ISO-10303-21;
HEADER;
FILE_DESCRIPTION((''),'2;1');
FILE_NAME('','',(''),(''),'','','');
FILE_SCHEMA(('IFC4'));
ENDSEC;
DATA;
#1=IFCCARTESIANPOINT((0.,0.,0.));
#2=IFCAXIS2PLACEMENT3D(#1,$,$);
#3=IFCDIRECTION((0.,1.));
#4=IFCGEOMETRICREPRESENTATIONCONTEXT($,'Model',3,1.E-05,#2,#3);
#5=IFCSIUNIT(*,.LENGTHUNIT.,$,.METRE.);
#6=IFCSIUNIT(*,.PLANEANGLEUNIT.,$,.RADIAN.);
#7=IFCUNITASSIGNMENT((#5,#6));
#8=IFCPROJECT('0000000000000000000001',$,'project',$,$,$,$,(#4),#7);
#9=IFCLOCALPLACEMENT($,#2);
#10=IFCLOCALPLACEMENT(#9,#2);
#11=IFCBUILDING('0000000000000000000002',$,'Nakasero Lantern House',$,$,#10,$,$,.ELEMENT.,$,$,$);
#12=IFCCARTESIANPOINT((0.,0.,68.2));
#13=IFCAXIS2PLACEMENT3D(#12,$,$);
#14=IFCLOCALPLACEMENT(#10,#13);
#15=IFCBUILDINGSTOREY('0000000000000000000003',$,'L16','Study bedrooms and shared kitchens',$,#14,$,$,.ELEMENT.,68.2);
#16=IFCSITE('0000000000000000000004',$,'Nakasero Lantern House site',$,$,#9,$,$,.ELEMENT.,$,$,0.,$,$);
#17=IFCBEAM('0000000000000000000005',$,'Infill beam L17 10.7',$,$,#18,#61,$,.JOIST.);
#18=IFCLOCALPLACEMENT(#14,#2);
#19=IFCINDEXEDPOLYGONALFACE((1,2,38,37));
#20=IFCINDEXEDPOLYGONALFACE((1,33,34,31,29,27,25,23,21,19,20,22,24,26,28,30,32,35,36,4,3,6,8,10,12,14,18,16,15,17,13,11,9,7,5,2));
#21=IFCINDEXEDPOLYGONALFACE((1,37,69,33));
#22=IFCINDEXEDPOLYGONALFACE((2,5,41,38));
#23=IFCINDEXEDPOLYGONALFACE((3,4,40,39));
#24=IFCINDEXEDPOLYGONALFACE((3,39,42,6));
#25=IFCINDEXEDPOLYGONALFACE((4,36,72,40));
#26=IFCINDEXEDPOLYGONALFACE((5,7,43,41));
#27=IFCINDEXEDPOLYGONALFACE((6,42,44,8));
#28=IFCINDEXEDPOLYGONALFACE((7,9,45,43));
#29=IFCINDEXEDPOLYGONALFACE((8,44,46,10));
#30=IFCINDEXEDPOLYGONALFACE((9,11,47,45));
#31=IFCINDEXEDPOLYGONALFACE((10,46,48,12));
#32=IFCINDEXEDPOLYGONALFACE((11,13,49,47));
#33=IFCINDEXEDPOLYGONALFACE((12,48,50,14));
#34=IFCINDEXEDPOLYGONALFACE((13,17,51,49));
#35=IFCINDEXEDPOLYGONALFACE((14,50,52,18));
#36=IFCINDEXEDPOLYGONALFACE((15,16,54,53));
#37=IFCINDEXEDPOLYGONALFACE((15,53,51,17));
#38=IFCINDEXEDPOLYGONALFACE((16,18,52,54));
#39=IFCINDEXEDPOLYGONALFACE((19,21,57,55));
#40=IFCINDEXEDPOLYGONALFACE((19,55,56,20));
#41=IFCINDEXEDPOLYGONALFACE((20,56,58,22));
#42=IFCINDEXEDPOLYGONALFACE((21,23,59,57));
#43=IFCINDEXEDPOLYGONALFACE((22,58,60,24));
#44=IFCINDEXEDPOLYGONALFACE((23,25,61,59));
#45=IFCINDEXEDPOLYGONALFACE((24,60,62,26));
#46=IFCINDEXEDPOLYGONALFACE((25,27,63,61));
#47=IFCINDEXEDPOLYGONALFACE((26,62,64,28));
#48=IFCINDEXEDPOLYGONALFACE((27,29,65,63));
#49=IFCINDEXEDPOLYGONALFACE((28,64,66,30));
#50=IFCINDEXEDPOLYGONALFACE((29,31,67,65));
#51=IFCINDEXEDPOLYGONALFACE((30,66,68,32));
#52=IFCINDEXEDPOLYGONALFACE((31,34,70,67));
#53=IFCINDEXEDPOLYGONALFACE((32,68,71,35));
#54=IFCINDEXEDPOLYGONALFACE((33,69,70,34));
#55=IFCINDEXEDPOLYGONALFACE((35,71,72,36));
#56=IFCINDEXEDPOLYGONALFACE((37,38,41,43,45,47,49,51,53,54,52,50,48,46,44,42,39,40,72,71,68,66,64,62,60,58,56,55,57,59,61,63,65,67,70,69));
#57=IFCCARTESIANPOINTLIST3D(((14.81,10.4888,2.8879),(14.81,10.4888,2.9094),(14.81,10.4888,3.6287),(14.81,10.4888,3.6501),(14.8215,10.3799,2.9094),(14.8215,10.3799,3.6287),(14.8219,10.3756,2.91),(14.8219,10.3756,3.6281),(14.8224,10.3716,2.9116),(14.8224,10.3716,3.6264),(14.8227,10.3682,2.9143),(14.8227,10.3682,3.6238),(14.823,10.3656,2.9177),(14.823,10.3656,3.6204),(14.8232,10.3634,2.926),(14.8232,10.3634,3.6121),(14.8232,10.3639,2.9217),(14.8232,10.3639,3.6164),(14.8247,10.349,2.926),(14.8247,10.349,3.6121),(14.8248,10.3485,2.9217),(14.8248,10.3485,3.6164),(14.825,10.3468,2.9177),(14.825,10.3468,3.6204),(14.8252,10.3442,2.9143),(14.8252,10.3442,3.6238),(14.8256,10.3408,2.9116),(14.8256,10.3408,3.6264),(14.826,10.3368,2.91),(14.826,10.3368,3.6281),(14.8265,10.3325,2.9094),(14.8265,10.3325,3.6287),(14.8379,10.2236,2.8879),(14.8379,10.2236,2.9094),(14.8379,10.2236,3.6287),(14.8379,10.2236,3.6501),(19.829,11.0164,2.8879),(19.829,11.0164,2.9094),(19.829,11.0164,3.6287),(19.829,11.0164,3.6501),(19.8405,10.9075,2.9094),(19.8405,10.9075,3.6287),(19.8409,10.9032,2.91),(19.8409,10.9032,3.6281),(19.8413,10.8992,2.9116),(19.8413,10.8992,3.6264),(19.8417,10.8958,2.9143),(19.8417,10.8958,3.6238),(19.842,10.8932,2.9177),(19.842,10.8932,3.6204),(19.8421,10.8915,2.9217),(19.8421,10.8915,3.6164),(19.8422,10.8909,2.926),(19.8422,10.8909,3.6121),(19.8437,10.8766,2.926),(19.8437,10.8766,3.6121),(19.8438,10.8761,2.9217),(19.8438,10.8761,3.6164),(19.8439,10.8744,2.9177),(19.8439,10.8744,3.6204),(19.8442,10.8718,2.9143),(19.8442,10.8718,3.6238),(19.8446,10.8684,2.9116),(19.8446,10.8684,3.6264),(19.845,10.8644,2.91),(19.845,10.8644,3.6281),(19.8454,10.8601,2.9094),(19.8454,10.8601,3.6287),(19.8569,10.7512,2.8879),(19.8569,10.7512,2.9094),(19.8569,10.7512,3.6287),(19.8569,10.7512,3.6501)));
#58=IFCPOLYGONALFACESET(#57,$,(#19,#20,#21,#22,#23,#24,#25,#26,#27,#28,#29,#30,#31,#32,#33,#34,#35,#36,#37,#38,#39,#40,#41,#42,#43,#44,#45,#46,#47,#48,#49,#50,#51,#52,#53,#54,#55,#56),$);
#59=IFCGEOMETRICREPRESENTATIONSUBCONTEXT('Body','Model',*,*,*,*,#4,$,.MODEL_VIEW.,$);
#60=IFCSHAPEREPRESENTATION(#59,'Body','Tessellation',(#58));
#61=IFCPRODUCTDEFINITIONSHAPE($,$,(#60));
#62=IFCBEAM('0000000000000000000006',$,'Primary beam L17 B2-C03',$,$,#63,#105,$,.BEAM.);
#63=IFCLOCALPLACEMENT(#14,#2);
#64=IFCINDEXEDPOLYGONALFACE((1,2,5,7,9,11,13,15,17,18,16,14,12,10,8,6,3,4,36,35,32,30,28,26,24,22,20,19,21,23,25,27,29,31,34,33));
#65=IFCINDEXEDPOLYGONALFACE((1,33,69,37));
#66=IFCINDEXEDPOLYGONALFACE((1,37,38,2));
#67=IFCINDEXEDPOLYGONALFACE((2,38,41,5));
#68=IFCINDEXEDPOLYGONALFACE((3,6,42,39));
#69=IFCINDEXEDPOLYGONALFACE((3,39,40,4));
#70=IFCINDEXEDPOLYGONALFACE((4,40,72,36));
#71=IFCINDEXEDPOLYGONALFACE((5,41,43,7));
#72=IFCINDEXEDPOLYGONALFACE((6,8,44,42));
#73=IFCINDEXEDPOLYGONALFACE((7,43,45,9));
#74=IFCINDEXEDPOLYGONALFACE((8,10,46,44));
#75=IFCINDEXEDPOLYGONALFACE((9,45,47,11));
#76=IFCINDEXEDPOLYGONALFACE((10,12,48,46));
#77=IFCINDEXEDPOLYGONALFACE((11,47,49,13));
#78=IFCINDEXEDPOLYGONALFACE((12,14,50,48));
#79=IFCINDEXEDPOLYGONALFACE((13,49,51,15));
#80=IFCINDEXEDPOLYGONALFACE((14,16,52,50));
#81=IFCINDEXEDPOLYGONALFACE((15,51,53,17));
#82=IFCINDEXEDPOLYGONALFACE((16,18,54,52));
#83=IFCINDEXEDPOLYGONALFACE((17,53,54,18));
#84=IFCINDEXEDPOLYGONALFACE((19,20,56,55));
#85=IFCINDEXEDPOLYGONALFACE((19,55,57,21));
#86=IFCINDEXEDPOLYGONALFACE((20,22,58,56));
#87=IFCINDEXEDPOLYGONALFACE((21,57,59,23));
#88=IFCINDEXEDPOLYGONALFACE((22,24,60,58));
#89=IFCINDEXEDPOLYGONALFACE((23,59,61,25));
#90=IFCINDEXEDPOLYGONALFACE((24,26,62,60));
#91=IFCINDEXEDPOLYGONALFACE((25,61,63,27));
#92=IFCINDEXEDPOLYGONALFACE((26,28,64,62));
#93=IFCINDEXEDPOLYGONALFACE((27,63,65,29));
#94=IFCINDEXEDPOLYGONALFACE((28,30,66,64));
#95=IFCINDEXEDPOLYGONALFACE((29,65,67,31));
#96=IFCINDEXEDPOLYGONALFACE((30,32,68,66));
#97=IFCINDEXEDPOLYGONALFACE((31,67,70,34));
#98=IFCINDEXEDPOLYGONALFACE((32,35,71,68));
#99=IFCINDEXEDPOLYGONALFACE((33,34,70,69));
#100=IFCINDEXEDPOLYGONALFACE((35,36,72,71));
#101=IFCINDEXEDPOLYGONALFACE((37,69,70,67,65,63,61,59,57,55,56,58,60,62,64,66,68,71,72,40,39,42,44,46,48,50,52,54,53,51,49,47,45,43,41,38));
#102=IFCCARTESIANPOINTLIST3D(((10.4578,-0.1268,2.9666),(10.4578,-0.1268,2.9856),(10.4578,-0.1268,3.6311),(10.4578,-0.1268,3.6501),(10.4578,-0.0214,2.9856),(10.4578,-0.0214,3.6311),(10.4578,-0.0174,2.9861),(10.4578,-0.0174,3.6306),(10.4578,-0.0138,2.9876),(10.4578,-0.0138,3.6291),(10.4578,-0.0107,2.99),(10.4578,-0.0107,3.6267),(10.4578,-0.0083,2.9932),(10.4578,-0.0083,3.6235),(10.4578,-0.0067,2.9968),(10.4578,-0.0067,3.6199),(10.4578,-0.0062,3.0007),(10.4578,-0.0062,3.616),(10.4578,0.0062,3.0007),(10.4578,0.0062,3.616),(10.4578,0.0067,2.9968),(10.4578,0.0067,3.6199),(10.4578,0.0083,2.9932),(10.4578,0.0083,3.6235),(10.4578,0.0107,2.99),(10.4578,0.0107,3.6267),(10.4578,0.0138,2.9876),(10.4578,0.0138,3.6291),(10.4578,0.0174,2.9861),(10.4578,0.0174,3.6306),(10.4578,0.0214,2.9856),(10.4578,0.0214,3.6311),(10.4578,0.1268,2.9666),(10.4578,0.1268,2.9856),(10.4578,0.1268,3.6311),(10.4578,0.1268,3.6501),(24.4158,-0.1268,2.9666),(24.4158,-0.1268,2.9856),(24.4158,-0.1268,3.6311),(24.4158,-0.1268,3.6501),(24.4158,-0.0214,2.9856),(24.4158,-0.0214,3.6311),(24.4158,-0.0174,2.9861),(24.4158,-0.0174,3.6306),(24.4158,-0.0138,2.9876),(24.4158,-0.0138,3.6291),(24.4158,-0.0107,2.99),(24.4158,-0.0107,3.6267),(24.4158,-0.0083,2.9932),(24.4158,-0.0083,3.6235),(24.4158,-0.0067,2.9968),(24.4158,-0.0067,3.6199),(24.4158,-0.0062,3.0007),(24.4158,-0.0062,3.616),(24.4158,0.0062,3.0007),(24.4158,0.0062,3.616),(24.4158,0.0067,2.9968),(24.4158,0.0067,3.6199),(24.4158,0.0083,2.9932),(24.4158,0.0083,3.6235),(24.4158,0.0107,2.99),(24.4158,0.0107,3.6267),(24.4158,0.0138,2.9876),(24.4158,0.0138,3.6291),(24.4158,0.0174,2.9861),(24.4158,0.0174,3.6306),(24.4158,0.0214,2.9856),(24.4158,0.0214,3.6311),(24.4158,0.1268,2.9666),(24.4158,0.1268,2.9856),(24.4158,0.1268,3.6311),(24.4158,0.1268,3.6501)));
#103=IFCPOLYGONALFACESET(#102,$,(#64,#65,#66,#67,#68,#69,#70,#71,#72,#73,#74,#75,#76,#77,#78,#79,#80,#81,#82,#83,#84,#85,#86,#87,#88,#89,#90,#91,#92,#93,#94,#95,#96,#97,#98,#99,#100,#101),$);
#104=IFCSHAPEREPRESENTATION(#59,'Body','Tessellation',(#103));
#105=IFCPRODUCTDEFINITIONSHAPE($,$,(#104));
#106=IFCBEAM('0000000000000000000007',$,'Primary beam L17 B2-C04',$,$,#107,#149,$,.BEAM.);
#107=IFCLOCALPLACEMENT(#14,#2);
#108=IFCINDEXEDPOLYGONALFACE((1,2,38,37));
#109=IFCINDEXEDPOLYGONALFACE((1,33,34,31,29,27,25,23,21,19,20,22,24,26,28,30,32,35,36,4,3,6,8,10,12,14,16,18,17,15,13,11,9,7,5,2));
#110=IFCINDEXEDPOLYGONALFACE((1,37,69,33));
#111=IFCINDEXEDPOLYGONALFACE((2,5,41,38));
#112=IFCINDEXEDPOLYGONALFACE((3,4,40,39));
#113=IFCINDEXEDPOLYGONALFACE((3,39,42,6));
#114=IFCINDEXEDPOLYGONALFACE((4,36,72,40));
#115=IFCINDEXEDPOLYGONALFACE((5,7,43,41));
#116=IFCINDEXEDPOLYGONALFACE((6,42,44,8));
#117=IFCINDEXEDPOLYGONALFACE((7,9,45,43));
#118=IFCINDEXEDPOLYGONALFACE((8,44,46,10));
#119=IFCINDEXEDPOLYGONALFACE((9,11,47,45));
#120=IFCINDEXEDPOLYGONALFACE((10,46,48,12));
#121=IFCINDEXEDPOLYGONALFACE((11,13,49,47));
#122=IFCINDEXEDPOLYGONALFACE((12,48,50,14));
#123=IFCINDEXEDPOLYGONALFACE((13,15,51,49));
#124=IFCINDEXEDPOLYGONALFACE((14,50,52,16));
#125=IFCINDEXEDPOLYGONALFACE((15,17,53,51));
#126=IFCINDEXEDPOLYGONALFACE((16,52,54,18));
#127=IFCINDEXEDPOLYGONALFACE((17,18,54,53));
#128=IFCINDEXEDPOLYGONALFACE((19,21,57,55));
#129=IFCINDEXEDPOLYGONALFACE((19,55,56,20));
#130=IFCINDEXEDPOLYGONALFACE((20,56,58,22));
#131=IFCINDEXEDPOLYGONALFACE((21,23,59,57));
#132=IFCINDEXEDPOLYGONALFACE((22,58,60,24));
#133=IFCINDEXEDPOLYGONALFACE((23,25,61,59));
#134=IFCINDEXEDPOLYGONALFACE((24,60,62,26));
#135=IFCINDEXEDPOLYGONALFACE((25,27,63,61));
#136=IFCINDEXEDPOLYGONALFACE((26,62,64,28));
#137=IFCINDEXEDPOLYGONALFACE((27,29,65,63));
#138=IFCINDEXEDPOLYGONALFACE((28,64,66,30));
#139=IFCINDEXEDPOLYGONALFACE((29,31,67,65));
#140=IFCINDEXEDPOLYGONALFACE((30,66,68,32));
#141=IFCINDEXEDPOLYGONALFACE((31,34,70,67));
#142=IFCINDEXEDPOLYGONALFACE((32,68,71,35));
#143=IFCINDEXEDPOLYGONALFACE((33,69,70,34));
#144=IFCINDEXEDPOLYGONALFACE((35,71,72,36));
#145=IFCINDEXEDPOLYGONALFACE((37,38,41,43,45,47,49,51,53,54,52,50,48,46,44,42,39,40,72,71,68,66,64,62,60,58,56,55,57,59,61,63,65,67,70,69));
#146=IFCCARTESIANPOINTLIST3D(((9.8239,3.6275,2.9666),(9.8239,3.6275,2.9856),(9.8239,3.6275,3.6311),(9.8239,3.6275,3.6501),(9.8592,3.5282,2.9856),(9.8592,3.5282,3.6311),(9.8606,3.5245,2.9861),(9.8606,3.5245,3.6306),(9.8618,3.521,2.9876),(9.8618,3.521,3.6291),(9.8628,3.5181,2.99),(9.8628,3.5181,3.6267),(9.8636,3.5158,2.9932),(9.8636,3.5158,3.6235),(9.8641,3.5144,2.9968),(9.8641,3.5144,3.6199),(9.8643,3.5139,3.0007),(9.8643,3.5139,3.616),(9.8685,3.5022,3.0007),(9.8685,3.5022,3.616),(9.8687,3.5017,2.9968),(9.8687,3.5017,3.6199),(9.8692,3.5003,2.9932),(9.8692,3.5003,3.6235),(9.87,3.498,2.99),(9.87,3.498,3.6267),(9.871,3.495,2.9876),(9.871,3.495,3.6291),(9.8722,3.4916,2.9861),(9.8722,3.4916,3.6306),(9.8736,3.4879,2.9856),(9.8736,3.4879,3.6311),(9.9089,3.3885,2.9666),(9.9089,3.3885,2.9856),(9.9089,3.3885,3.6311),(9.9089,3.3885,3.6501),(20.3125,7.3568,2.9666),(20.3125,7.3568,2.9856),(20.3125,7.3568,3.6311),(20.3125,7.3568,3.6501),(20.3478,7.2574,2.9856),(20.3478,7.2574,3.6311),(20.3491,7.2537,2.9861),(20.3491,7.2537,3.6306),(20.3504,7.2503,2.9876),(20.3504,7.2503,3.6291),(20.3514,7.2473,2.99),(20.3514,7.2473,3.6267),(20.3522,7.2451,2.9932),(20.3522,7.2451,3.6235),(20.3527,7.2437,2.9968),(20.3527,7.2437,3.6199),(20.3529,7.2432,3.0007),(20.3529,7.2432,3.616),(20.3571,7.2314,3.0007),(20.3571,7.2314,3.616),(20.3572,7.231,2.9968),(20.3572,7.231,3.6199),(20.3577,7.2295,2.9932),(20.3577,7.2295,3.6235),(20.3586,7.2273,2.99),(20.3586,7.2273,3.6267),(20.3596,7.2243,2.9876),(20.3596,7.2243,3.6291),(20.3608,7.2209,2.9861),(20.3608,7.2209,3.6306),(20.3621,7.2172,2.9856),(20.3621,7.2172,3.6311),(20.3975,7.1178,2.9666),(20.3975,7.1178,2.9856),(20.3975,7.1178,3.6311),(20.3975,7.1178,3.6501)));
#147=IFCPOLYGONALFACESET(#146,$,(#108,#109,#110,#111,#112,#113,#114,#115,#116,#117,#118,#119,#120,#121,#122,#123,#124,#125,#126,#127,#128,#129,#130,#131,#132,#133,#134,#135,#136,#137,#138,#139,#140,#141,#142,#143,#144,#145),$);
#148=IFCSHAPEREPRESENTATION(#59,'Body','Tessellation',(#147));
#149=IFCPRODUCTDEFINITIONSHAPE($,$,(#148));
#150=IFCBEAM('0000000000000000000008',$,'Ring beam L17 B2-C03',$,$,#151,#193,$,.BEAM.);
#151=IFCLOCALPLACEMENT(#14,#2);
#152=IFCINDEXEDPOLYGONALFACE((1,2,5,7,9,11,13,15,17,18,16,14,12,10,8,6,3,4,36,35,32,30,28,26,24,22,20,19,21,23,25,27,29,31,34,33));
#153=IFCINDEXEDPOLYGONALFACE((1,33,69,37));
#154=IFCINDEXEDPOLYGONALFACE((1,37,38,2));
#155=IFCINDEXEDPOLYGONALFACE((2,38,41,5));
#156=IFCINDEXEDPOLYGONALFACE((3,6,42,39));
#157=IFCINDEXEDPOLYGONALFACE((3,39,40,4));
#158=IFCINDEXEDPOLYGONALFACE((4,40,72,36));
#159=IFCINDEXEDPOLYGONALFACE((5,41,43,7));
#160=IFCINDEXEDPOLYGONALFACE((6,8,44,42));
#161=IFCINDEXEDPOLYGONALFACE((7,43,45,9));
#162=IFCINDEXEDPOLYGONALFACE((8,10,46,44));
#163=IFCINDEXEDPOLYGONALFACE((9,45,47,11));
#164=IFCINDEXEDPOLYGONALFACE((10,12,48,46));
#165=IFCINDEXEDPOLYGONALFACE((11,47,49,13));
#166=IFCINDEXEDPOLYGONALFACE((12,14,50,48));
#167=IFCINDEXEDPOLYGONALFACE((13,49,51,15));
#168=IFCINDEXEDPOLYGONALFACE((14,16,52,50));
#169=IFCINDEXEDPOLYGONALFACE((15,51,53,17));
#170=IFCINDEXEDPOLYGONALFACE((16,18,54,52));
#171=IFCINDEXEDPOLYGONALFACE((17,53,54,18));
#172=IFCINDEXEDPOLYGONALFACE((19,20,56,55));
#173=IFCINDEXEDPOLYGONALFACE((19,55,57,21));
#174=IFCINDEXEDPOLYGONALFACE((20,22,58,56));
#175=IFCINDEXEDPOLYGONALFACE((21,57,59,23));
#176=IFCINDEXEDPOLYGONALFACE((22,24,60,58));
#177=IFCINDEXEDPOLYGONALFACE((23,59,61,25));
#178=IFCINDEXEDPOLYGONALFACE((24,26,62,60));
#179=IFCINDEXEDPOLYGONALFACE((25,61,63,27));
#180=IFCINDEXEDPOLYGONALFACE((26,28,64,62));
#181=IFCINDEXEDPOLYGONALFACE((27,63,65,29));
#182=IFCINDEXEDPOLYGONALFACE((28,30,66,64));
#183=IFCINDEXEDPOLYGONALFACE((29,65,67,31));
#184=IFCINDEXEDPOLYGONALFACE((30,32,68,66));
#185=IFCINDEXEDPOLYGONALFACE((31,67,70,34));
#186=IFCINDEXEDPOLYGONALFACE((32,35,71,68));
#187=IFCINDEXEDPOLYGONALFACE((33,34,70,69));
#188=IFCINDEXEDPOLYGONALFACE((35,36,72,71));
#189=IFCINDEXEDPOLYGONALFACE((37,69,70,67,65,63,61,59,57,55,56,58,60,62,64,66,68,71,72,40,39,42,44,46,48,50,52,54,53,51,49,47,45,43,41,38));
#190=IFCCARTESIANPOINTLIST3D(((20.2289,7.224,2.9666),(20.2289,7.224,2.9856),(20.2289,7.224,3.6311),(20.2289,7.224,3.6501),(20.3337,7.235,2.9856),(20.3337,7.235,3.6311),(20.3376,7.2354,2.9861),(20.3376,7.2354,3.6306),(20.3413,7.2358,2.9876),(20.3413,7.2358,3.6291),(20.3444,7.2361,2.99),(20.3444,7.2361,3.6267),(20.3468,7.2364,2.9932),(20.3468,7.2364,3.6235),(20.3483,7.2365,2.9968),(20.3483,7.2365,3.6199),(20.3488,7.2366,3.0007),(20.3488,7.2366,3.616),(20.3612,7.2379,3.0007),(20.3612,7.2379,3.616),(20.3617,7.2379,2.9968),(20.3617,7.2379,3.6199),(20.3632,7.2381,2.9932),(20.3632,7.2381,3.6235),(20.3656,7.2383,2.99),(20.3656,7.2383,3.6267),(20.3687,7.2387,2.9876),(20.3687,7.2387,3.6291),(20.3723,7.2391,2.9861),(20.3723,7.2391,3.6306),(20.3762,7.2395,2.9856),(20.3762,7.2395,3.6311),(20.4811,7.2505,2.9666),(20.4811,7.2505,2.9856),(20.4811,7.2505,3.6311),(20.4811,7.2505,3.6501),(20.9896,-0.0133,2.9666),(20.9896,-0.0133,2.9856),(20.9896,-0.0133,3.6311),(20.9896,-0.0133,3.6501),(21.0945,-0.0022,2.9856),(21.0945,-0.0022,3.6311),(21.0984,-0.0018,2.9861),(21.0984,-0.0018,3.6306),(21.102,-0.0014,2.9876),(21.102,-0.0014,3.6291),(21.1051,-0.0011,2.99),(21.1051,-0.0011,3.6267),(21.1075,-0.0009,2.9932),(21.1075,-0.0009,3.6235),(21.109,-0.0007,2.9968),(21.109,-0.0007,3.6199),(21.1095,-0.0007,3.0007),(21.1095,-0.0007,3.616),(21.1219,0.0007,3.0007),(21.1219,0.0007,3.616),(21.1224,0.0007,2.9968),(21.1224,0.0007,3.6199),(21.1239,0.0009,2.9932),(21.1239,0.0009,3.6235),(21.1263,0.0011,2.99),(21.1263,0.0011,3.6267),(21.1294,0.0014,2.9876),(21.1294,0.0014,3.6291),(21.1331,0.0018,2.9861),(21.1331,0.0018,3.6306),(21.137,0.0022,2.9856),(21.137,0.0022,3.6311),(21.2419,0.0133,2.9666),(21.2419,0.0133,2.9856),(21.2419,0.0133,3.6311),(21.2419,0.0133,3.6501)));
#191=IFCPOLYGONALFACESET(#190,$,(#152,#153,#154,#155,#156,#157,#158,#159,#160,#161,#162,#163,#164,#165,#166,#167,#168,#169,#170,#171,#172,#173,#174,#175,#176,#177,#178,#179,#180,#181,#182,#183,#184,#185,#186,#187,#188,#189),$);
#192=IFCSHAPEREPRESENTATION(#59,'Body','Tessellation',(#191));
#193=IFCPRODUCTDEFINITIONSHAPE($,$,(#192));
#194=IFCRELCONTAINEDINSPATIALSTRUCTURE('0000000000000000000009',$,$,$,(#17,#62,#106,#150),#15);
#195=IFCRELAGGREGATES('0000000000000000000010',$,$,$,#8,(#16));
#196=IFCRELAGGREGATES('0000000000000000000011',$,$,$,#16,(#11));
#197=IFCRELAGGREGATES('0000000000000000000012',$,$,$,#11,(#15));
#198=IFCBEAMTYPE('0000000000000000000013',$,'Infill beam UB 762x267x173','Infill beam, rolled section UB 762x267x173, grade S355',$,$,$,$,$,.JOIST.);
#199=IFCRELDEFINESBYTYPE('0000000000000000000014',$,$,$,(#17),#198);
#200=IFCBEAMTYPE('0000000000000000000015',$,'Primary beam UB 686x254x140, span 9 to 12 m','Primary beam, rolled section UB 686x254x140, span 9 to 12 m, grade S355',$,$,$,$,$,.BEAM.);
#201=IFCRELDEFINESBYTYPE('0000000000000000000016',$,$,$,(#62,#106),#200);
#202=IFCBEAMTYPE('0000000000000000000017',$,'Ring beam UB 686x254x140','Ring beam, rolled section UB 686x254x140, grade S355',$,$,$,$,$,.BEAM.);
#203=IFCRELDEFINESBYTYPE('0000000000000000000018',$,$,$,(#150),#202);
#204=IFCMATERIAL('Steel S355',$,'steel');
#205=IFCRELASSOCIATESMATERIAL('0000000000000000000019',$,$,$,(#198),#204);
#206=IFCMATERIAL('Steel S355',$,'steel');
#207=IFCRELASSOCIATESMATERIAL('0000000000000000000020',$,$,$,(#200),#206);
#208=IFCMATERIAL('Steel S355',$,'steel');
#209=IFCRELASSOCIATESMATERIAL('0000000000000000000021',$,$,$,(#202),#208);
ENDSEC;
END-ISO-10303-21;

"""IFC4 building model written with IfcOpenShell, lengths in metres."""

from ifc_helpers import new_model, si_unit, direction, frame, origin, origin_2d, place, context, subcontext, project, spatial, i_section, extrude, material, material_profile, profile_set, type_object, element, save


model = new_model("IFC4")

# Units and contexts
model_context = context("Model", 3, precision=1e-05, world=origin(), true_north=direction((0.0, 1.0)))
body_context = subcontext(model_context, "Body", "Model", "MODEL_VIEW")
ifc_project = project(units=[si_unit("LENGTHUNIT", "METRE"), si_unit("PLANEANGLEUNIT", "RADIAN")], contexts=[model_context])

# Site, building, storey
site_placement = place(None, origin())
site = spatial("IfcSite", under=ifc_project, at=site_placement, Name="Nakasero Lantern House site", CompositionType="ELEMENT", RefElevation=0.0)
building_placement = place(site_placement, origin())
building = spatial("IfcBuilding", under=site, at=building_placement, Name="Nakasero Lantern House", CompositionType="ELEMENT")
storey_placement = place(building_placement, frame((0.0, 0.0, 68.2)))
storey = spatial("IfcBuildingStorey", under=building, at=storey_placement, Name="L16", Description="Study bedrooms and shared kitchens", CompositionType="ELEMENT", Elevation=68.2)

# Beams
ifc_material_1 = material(Name="Steel S355", Category="steel")
ifc_material_profile_1 = material_profile(ifc_material_1, i_section(OverallWidth=0.2666, OverallDepth=0.7622, WebThickness=0.0144, FlangeThickness=0.0215, FilletRadius=0.0166, at=origin_2d()), Name="UB 762x267x173")
ifc_profile_set_1 = profile_set([ifc_material_profile_1], Name="Steel S355")
beam_type_1 = type_object("IfcBeamType", Name="Infill beam UB 762x267x173", Description="Infill beam, rolled section UB 762x267x173, grade S355", PredefinedType="JOIST", material=ifc_profile_set_1)
beam_1_placement = place(storey_placement, frame((14.824, 10.3562, 3.269), z_axis=(0.994521, 0.104541, 0.0), x_axis=(-0.104541, 0.994521, 0.0)))
element("IfcBeam", 1, at=beam_1_placement, inside=storey, type_object=beam_type_1, Name="Infill beam L17 10.7", PredefinedType="JOIST", context=body_context, shape_type="SweptSolid", body=[
    extrude(i_section(OverallWidth=0.2666, OverallDepth=0.7622, WebThickness=0.0144, FlangeThickness=0.0215, FilletRadius=0.0166, at=origin_2d()), origin(), (0.0, 0.0, 1.0), 5.0466),
])
ifc_material_2 = material(Name="Steel S355", Category="steel")
ifc_material_profile_2 = material_profile(ifc_material_2, i_section(OverallWidth=0.2537, OverallDepth=0.6836, WebThickness=0.0125, FlangeThickness=0.019, FilletRadius=0.0151, at=origin_2d()), Name="UB 686x254x140")
ifc_profile_set_2 = profile_set([ifc_material_profile_2], Name="Steel S355")
beam_type_2 = type_object("IfcBeamType", Name="Primary beam UB 686x254x140, span 9 to 12 m", Description="Primary beam, rolled section UB 686x254x140, span 9 to 12 m, grade S355", PredefinedType="BEAM", material=ifc_profile_set_2)
beam_2_placement = place(storey_placement, frame((24.4158, 0.0, 3.3083), z_axis=(-1.0, 0.0, 0.0), x_axis=(0.0, -1.0, 0.0)))
element("IfcBeam", 2, at=beam_2_placement, inside=storey, type_object=beam_type_2, Name="Primary beam L17 B2-C03", PredefinedType="BEAM", context=body_context, shape_type="SweptSolid", body=[
    extrude(i_section(OverallWidth=0.2537, OverallDepth=0.6836, WebThickness=0.0125, FlangeThickness=0.019, FilletRadius=0.0151, at=origin_2d()), origin(), (0.0, 0.0, 1.0), 13.958),
])
beam_3_placement = place(storey_placement, frame((20.355, 7.2373, 3.3083), z_axis=(-0.942215, -0.335009, 0.0), x_axis=(0.335009, -0.942215, 0.0)))
element("IfcBeam", 3, at=beam_3_placement, inside=storey, type_object=beam_type_2, Name="Primary beam L17 B2-C04", PredefinedType="BEAM", context=body_context, shape_type="SweptSolid", body=[
    extrude(i_section(OverallWidth=0.2537, OverallDepth=0.6836, WebThickness=0.0125, FlangeThickness=0.019, FilletRadius=0.0151, at=origin_2d()), origin(), (0.0, 0.0, 1.0), 11.1318),
])
ifc_material_3 = material(Name="Steel S355", Category="steel")
ifc_material_profile_3 = material_profile(ifc_material_3, i_section(OverallWidth=0.2537, OverallDepth=0.6836, WebThickness=0.0125, FlangeThickness=0.019, FilletRadius=0.0151, at=origin_2d()), Name="UB 686x254x140")
ifc_profile_set_3 = profile_set([ifc_material_profile_3], Name="Steel S355")
beam_type_3 = type_object("IfcBeamType", Name="Ring beam UB 686x254x140", Description="Ring beam, rolled section UB 686x254x140, grade S355", PredefinedType="BEAM", material=ifc_profile_set_3)
beam_4_placement = place(storey_placement, frame((21.1157, 0.0, 3.3083), z_axis=(-0.104538, 0.994521, 0.0), x_axis=(-0.994521, -0.104538, 0.0)))
element("IfcBeam", 4, at=beam_4_placement, inside=storey, type_object=beam_type_3, Name="Ring beam L17 B2-C03", PredefinedType="BEAM", context=body_context, shape_type="SweptSolid", body=[
    extrude(i_section(OverallWidth=0.2537, OverallDepth=0.6836, WebThickness=0.0125, FlangeThickness=0.019, FilletRadius=0.0151, at=origin_2d()), origin(), (0.0, 0.0, 1.0), 7.2771),
])

save(model, "model.ifc")
